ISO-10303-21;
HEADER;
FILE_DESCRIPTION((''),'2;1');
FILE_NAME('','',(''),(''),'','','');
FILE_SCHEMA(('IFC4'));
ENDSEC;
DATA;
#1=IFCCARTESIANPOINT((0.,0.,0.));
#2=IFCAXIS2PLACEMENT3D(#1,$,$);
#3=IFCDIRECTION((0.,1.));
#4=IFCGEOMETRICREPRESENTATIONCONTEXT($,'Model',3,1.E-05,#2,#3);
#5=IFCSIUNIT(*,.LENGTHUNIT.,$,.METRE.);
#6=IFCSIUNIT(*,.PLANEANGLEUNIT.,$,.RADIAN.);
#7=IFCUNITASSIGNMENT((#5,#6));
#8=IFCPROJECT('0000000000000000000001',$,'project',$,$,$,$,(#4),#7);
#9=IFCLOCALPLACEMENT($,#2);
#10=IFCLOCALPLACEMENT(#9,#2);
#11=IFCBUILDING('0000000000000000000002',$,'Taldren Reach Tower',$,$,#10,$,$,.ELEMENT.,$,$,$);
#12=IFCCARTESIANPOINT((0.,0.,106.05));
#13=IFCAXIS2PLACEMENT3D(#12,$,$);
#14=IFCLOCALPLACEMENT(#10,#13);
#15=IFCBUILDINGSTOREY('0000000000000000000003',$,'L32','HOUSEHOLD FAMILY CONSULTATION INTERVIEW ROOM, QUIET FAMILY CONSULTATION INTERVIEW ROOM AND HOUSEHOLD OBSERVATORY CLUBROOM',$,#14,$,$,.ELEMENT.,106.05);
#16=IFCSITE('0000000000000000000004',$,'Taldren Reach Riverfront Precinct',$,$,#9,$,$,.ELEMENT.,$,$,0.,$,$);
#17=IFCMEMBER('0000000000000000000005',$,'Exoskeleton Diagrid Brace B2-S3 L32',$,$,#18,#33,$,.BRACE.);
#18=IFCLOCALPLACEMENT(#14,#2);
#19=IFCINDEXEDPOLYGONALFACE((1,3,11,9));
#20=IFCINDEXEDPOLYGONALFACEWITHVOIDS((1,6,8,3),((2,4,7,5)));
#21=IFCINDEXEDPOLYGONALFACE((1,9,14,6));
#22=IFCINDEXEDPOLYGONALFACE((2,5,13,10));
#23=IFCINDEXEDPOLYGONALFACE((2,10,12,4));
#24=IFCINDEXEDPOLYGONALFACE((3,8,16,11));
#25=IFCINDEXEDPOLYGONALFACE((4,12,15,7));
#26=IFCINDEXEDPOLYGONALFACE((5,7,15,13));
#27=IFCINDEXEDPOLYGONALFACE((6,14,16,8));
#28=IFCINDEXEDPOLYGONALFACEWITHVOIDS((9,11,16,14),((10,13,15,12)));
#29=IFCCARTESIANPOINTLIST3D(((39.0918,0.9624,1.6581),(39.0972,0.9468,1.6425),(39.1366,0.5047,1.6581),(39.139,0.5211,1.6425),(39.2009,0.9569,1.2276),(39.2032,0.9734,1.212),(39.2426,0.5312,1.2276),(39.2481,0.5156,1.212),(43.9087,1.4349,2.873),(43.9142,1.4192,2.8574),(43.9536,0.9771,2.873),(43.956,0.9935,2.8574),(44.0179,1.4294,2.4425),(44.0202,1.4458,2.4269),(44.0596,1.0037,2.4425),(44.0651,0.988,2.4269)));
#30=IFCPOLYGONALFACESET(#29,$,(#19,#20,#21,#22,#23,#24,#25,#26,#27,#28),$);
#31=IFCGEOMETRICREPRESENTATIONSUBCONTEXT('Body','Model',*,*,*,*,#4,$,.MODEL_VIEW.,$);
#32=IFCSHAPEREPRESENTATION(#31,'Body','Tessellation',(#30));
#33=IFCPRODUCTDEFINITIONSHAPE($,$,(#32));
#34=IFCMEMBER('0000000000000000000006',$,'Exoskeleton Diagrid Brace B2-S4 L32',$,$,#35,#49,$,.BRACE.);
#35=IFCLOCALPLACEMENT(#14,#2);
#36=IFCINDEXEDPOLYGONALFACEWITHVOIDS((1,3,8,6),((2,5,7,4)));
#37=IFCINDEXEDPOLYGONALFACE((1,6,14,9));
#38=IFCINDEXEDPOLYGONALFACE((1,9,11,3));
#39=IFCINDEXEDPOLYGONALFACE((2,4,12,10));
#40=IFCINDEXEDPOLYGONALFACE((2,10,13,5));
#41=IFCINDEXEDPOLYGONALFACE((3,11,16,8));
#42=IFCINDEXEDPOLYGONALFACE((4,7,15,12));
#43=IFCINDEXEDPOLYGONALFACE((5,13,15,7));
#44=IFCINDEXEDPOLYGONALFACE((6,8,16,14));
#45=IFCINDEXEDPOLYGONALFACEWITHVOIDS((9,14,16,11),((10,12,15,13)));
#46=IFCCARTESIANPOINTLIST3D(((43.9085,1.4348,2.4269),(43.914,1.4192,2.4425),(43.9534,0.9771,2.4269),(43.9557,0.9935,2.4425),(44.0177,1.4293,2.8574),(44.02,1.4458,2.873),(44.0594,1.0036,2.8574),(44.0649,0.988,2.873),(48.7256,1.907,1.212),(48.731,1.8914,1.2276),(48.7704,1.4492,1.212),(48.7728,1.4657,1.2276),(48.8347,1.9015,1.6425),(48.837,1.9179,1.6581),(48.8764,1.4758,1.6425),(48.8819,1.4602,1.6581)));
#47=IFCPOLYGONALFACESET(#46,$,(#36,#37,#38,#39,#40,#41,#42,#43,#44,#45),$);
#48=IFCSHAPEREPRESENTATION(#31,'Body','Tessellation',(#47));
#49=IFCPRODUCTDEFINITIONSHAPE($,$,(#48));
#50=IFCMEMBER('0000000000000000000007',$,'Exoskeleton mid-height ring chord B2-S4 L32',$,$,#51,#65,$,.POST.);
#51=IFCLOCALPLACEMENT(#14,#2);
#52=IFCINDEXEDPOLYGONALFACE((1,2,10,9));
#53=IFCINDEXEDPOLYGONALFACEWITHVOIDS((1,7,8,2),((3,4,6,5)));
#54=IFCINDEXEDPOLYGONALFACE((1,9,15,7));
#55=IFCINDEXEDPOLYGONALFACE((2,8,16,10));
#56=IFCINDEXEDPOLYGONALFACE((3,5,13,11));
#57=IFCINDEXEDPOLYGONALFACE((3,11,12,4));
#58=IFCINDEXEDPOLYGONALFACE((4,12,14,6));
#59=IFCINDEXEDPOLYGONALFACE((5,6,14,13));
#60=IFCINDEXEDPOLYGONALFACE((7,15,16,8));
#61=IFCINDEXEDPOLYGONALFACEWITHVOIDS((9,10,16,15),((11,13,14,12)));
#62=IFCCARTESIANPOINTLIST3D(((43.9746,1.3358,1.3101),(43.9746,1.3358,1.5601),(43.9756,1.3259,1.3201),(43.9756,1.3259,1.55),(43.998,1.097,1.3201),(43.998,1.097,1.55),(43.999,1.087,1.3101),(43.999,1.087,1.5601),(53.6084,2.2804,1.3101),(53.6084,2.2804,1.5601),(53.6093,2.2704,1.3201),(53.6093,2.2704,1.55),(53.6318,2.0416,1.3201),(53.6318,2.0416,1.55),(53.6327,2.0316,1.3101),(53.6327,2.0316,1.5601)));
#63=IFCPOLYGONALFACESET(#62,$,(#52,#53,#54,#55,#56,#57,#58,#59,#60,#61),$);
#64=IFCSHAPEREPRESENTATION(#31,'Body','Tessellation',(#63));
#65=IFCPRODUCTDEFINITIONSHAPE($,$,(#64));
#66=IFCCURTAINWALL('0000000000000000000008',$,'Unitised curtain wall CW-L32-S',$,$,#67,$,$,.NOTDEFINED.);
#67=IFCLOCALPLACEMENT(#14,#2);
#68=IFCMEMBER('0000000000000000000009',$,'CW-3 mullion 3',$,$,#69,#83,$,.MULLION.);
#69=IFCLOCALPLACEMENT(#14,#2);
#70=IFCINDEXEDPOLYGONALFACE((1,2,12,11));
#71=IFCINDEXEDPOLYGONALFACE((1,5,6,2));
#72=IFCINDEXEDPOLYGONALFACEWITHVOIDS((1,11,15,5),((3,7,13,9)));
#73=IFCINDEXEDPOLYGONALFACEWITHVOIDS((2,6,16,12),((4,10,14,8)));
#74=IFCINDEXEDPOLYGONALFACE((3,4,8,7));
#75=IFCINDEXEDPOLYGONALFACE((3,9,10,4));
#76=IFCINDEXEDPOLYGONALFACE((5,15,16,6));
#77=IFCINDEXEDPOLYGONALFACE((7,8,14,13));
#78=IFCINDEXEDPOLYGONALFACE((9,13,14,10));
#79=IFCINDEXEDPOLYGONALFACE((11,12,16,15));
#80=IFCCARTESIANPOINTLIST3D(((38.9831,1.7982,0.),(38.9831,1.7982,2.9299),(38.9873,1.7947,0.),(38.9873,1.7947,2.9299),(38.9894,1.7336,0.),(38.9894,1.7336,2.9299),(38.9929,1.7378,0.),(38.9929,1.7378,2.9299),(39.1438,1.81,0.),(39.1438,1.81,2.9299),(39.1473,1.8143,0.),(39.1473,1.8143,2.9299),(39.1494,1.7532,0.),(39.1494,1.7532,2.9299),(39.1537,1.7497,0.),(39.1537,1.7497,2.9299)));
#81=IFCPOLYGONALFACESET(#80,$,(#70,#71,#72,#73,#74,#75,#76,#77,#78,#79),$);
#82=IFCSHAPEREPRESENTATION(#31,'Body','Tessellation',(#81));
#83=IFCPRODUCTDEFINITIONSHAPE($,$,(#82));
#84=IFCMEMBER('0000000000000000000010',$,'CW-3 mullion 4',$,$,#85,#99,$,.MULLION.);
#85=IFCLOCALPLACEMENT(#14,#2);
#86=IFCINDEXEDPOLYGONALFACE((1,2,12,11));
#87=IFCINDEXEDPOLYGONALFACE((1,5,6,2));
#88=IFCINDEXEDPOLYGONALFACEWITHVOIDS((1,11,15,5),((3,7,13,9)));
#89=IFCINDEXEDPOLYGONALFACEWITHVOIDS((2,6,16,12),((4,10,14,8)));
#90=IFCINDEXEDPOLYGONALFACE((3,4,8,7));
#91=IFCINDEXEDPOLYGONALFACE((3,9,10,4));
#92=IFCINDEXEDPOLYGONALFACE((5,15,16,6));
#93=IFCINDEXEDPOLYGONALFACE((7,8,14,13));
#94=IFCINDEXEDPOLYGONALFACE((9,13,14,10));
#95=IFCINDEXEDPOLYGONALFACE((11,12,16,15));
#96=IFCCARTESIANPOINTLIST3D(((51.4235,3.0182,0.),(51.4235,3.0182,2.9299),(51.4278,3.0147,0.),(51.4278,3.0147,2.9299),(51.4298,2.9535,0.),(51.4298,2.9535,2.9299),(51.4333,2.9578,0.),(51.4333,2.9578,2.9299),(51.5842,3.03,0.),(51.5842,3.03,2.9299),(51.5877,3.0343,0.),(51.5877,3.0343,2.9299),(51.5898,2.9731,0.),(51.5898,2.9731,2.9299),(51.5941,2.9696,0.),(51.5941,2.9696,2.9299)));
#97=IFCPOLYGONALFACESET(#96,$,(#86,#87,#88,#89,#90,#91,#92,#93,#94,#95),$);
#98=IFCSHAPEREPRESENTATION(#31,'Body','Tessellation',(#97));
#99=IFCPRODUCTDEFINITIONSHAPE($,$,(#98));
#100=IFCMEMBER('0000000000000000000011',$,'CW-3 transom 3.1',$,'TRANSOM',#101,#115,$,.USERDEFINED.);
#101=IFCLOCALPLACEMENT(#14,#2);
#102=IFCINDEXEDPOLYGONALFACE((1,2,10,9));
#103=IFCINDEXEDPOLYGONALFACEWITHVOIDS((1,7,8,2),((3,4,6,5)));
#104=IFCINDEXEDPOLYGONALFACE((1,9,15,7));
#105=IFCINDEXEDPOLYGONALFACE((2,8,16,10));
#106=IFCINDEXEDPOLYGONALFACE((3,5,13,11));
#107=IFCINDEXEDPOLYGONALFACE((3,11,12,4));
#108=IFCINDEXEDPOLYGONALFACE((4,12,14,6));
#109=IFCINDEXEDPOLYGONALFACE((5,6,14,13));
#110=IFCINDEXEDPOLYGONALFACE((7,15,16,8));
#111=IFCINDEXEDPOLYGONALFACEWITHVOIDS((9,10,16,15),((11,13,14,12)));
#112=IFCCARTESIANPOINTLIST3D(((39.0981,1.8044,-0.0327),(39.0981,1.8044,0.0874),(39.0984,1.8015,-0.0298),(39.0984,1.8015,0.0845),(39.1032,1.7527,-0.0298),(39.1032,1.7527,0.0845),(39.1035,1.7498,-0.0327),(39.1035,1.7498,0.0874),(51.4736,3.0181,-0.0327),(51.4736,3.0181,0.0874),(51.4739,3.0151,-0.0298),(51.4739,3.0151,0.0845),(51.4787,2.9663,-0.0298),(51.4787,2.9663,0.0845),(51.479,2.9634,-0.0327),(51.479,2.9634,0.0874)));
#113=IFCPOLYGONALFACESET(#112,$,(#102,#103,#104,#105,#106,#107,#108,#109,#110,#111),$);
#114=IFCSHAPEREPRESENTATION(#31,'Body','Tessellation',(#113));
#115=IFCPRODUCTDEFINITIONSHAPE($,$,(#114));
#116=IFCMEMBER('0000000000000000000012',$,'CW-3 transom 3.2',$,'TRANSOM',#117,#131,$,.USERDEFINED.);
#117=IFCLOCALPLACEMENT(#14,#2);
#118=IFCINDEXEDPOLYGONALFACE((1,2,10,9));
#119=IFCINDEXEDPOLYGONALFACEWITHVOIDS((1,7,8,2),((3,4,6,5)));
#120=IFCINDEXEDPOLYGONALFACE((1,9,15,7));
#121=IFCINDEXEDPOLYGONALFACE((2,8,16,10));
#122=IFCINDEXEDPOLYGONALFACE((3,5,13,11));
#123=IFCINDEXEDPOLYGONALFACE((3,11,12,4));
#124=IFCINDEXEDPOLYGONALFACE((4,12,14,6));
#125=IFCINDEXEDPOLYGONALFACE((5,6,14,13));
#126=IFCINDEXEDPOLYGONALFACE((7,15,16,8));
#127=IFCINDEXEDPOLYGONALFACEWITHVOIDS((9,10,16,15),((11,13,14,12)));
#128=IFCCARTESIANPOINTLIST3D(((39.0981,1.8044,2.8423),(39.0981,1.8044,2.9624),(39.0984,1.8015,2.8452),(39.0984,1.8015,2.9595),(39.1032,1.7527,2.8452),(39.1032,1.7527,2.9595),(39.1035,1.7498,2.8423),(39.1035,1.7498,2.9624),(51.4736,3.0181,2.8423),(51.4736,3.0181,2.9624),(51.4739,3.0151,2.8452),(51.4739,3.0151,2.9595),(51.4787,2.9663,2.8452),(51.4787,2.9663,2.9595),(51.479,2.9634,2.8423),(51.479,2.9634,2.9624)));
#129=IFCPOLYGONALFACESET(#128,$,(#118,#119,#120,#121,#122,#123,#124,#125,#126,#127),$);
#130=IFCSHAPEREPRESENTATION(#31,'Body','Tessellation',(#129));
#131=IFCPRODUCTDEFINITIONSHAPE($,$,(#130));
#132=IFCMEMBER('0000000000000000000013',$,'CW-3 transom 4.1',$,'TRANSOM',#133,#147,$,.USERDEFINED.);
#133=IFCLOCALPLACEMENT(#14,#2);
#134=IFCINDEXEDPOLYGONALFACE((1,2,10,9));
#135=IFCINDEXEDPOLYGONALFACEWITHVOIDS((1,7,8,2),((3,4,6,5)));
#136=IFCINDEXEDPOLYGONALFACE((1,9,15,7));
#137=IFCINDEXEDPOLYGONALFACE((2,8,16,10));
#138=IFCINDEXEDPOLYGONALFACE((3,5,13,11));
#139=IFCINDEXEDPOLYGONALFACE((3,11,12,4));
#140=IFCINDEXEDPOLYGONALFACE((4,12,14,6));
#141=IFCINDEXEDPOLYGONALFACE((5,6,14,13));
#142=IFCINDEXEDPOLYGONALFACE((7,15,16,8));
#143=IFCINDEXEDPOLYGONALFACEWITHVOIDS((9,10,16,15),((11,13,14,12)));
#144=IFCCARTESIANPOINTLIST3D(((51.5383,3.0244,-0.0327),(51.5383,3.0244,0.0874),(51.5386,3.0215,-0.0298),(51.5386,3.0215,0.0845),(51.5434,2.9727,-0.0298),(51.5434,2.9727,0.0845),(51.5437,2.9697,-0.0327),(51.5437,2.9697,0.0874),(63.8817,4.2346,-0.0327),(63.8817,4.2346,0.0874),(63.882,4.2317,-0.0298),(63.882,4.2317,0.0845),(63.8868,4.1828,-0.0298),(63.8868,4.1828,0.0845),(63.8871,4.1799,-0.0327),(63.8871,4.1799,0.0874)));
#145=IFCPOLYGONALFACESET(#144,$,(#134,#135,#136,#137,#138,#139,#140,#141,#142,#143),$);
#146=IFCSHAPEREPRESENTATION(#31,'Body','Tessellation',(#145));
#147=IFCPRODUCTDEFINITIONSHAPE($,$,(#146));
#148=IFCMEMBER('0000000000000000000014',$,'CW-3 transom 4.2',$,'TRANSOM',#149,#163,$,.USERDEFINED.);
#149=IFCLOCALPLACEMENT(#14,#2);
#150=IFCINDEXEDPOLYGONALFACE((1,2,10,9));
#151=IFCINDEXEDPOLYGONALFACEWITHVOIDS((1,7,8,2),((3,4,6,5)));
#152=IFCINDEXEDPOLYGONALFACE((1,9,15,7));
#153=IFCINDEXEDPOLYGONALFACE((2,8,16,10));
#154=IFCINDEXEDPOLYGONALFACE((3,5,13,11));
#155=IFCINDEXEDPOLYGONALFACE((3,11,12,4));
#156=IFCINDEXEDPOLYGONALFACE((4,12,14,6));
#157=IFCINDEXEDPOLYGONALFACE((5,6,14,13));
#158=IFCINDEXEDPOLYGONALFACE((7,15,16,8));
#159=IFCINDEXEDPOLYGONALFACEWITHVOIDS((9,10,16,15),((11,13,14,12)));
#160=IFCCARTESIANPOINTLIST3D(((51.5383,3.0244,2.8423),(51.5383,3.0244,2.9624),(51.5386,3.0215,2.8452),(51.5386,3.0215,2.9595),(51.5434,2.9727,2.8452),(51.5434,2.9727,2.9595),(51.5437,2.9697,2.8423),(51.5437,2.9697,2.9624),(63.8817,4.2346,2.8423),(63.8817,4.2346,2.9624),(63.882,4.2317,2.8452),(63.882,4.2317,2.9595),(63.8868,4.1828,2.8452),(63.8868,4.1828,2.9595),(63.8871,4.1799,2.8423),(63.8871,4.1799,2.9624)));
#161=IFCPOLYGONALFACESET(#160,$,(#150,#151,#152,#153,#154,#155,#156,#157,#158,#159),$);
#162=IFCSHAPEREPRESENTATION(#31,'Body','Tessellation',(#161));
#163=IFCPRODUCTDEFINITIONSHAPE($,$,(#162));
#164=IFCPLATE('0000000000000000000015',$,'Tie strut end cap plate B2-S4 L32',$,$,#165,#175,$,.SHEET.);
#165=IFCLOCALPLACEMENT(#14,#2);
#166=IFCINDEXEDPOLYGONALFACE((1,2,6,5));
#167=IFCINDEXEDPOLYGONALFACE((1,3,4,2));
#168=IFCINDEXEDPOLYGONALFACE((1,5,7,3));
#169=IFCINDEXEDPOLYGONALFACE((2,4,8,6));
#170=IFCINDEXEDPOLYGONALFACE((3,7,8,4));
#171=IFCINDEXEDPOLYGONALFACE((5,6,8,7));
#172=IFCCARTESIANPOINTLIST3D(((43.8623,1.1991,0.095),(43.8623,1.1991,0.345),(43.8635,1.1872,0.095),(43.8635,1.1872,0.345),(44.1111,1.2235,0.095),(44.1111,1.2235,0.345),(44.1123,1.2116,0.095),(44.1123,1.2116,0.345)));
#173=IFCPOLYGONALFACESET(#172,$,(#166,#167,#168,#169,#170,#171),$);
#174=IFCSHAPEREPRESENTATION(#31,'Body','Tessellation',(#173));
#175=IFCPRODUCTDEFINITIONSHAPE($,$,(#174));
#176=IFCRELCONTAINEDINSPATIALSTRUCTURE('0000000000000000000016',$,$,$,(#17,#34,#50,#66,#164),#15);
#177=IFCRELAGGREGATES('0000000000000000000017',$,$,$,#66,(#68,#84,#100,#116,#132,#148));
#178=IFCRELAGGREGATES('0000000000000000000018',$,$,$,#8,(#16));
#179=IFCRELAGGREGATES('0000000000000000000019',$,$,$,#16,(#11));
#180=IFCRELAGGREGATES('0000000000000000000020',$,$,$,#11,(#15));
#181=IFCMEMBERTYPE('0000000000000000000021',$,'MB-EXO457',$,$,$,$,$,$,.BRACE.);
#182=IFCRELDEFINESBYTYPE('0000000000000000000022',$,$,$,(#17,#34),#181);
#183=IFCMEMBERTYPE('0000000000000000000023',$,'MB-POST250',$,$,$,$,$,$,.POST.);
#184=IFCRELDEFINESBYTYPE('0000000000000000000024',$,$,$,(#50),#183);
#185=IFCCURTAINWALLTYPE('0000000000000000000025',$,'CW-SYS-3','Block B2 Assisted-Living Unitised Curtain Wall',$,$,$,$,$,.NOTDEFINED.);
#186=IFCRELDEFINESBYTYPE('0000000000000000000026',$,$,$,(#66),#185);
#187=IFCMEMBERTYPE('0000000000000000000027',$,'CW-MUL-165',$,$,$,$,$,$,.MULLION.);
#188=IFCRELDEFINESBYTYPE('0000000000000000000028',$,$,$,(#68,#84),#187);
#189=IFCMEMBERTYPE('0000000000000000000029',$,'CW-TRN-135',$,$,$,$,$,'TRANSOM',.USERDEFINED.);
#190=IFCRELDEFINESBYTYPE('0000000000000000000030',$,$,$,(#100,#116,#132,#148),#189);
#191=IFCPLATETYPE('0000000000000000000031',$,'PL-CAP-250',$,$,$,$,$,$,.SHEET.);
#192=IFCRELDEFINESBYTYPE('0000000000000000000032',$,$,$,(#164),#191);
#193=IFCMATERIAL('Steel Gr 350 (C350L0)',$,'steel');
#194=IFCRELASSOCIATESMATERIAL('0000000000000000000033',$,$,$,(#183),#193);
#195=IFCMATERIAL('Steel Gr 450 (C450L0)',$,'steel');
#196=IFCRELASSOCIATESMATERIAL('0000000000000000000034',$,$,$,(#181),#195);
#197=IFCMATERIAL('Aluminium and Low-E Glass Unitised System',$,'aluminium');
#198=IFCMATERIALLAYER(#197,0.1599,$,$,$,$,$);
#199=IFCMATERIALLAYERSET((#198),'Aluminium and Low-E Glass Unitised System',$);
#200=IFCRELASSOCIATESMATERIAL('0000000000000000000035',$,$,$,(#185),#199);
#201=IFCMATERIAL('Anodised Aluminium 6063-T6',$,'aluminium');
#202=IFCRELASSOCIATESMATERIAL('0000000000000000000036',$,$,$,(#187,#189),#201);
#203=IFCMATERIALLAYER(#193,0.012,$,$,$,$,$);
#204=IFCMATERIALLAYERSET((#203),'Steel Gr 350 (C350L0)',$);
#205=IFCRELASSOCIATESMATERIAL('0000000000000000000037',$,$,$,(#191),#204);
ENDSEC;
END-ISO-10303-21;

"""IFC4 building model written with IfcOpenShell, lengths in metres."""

from ifc_helpers import new_model, si_unit, direction, frame, origin, origin_2d, place, context, subcontext, project, spatial, rectangle, hollow_rectangle, extrude, source, transform, mapped, material, layer, layer_set, material_profile, profile_set, type_object, element, aggregate, save


model = new_model("IFC4")

# Units and contexts
model_context = context("Model", 3, precision=1e-05, world=origin(), true_north=direction((0.0, 1.0)))
body_context = subcontext(model_context, "Body", "Model", "MODEL_VIEW")
ifc_project = project(units=[si_unit("LENGTHUNIT", "METRE"), si_unit("PLANEANGLEUNIT", "RADIAN")], contexts=[model_context])

# Site, building, storey
site_placement = place(None, origin())
site = spatial("IfcSite", under=ifc_project, at=site_placement, Name="Taldren Reach Riverfront Precinct", CompositionType="ELEMENT", RefElevation=0.0)
building_placement = place(site_placement, origin())
building = spatial("IfcBuilding", under=site, at=building_placement, Name="Taldren Reach Tower", CompositionType="ELEMENT")
storey_placement = place(building_placement, frame((0.0, 0.0, 106.05)))
storey = spatial("IfcBuildingStorey", under=building, at=storey_placement, Name="L32", Description="HOUSEHOLD FAMILY CONSULTATION INTERVIEW ROOM, QUIET FAMILY CONSULTATION INTERVIEW ROOM AND HOUSEHOLD OBSERVATORY CLUBROOM", CompositionType="ELEMENT", Elevation=106.05)

# Shared definitions
ifc_material_1 = material(Name="Steel Gr 450 (C450L0)", Category="steel")
ifc_material_2 = material(Name="Steel Gr 350 (C350L0)", Category="steel")
ifc_material_profile_1 = material_profile(ifc_material_2, hollow_rectangle(XDim=0.25, YDim=0.25, WallThickness=0.01, at=origin_2d()), Name="250x250x10.0SHS")
ifc_profile_set_1 = profile_set([ifc_material_profile_1], Name="Steel Gr 350 (C350L0)")
member_type_1 = type_object("IfcMemberType", Name="MB-POST250", PredefinedType="POST", material=ifc_profile_set_1)

# Members
ifc_material_profile_2 = material_profile(ifc_material_1, hollow_rectangle(XDim=0.46, YDim=0.46, WallThickness=0.0161, at=origin_2d()), Name="460x460x16.0SHS")
ifc_profile_set_2 = profile_set([ifc_material_profile_2], Name="Steel Gr 450 (C450L0)")
member_type_2 = type_object("IfcMemberType", Name="MB-EXO457", PredefinedType="BRACE", material=ifc_profile_set_2)
shared_shape_1 = source(origin(), body_context, "Body", "SweptSolid", [
    extrude(hollow_rectangle(XDim=0.46, YDim=0.46, WallThickness=0.0161, at=origin_2d()), origin(), (0.0, 0.0, 1.0), 4.9902),
])
for number, where, z_axis, x_axis, name in (
    (1, (39.1699, 0.739, 1.4351), (0.965283, 0.094669, 0.243449), (-0.097606, 0.995225, 0.0), "Exoskeleton Diagrid Brace B2-S3 L32"),
    (2, (48.8037, 1.6836, 1.4351), (-0.965287, -0.094621, 0.24345), (0.097556, -0.99523, 0.0), "Exoskeleton Diagrid Brace B2-S4 L32"),
):
    element("IfcMember", number, at=place(storey_placement, frame(where, z_axis=z_axis, x_axis=x_axis)), inside=storey, type_object=member_type_2, Name=name, PredefinedType="BRACE", context=body_context, shape_type="MappedRepresentation", body=[
        mapped(shared_shape_1, transform((0.0, 0.0, 0.0), scale=1.0)),
    ])
shared_shape_2 = source(origin(), body_context, "Body", "SweptSolid", [
    extrude(hollow_rectangle(XDim=0.25, YDim=0.25, WallThickness=0.01, at=origin_2d()), origin(), (0.0, 0.0, 1.0), 9.6799),
])
member_1_placement = place(storey_placement, frame((43.9868, 1.2114, 1.4351), z_axis=(0.995228, 0.097581, 0.0), x_axis=(-0.097581, 0.995228, 0.0)))
element("IfcMember", 3, at=member_1_placement, inside=storey, type_object=member_type_1, Name="Exoskeleton mid-height ring chord B2-S4 L32", PredefinedType="POST", context=body_context, shape_type="MappedRepresentation", body=[
    mapped(shared_shape_2, transform((0.0, 0.0, 0.0), scale=1.0)),
])

# Curtain wall, members
ifc_material_3 = material(Name="Aluminium and Low-E Glass Unitised System", Category="aluminium")
ifc_layer_1 = layer(ifc_material_3, 0.1599)
ifc_layer_set_1 = layer_set([ifc_layer_1], Name="Aluminium and Low-E Glass Unitised System")
curtain_wall_type = type_object("IfcCurtainWallType", Name="CW-SYS-3", Description="Block B2 Assisted-Living Unitised Curtain Wall", PredefinedType="NOTDEFINED", material=ifc_layer_set_1)
curtain_wall_placement = place(storey_placement, origin())
curtain_wall = element("IfcCurtainWall", 4, at=curtain_wall_placement, inside=storey, type_object=curtain_wall_type, Name="Unitised curtain wall CW-L32-S", PredefinedType="NOTDEFINED")
ifc_material_4 = material(Name="Anodised Aluminium 6063-T6", Category="aluminium")
ifc_material_profile_3 = material_profile(ifc_material_4, hollow_rectangle(XDim=0.0649, YDim=0.165, WallThickness=0.0039, at=origin_2d()), Name="ALU-165x65x4RHS")
ifc_profile_set_3 = profile_set([ifc_material_profile_3], Name="Anodised Aluminium 6063-T6")
member_type_3 = type_object("IfcMemberType", Name="CW-MUL-165", PredefinedType="MULLION", material=ifc_profile_set_3)
shared_shape_3 = source(origin(), body_context, "Body", "SweptSolid", [
    extrude(hollow_rectangle(XDim=0.0649, YDim=0.165, WallThickness=0.0039, at=origin_2d()), origin(), (0.0, 0.0, 1.0), 2.9299),
])
member_2_placement = place(storey_placement, frame((39.0684, 1.7739, 0.0), z_axis=(0.0, 0.0, 1.0), x_axis=(-0.097583, 0.995227, 0.0)))
member_2 = element("IfcMember", 5, at=member_2_placement, type_object=member_type_3, Name="CW-3 mullion 3", PredefinedType="MULLION", context=body_context, shape_type="MappedRepresentation", body=[
    mapped(shared_shape_3, transform((0.0, 0.0, 0.0), scale=1.0)),
])
member_3_placement = place(storey_placement, frame((51.5088, 2.9939, 0.0), z_axis=(0.0, 0.0, 1.0), x_axis=(-0.097583, 0.995227, 0.0)))
member_3 = element("IfcMember", 6, at=member_3_placement, type_object=member_type_3, Name="CW-3 mullion 4", PredefinedType="MULLION", context=body_context, shape_type="MappedRepresentation", body=[
    mapped(shared_shape_3, transform((0.0, 0.0, 0.0), scale=1.0)),
])
ifc_material_profile_4 = material_profile(ifc_material_4, hollow_rectangle(XDim=0.0549, YDim=0.1201, WallThickness=0.0029, at=origin_2d()), Name="ALU-120x55x3RHS")
ifc_profile_set_4 = profile_set([ifc_material_profile_4], Name="Anodised Aluminium 6063-T6")
member_type_4 = type_object("IfcMemberType", Name="CW-TRN-135", ElementType="TRANSOM", PredefinedType="USERDEFINED", material=ifc_profile_set_4)
shared_shape_4 = source(origin(), body_context, "Body", "SweptSolid", [
    extrude(hollow_rectangle(XDim=0.0549, YDim=0.1201, WallThickness=0.0029, at=origin_2d()), origin(), (0.0, 0.0, 1.0), 12.4348),
])
member_4_placement = place(storey_placement, frame((39.1008, 1.7771, 0.0273), z_axis=(0.995226, 0.097598, 0.0), x_axis=(-0.097598, 0.995226, 0.0)))
member_4 = element("IfcMember", 7, at=member_4_placement, type_object=member_type_4, Name="CW-3 transom 3.1", ObjectType="TRANSOM", PredefinedType="USERDEFINED", context=body_context, shape_type="MappedRepresentation", body=[
    mapped(shared_shape_4, transform((0.0, 0.0, 0.0), scale=1.0)),
])
member_5_placement = place(storey_placement, frame((39.1008, 1.7771, 2.9023), z_axis=(0.995226, 0.097598, 0.0), x_axis=(-0.097598, 0.995226, 0.0)))
member_5 = element("IfcMember", 8, at=member_5_placement, type_object=member_type_4, Name="CW-3 transom 3.2", ObjectType="TRANSOM", PredefinedType="USERDEFINED", context=body_context, shape_type="MappedRepresentation", body=[
    mapped(shared_shape_4, transform((0.0, 0.0, 0.0), scale=1.0)),
])
shared_shape_5 = source(origin(), body_context, "Body", "SweptSolid", [
    extrude(hollow_rectangle(XDim=0.0549, YDim=0.1201, WallThickness=0.0029, at=origin_2d()), origin(), (0.0, 0.0, 1.0), 12.4026),
])
member_6_placement = place(storey_placement, frame((51.541, 2.9971, 0.0273), z_axis=(0.995228, 0.097576, 0.0), x_axis=(-0.097576, 0.995228, 0.0)))
member_6 = element("IfcMember", 9, at=member_6_placement, type_object=member_type_4, Name="CW-3 transom 4.1", ObjectType="TRANSOM", PredefinedType="USERDEFINED", context=body_context, shape_type="MappedRepresentation", body=[
    mapped(shared_shape_5, transform((0.0, 0.0, 0.0), scale=1.0)),
])
member_7_placement = place(storey_placement, frame((51.541, 2.9971, 2.9023), z_axis=(0.995228, 0.097576, 0.0), x_axis=(-0.097576, 0.995228, 0.0)))
member_7 = element("IfcMember", 10, at=member_7_placement, type_object=member_type_4, Name="CW-3 transom 4.2", ObjectType="TRANSOM", PredefinedType="USERDEFINED", context=body_context, shape_type="MappedRepresentation", body=[
    mapped(shared_shape_5, transform((0.0, 0.0, 0.0), scale=1.0)),
])

# Plate
ifc_layer_2 = layer(ifc_material_2, 0.012)
ifc_layer_set_2 = layer_set([ifc_layer_2], Name="Steel Gr 350 (C350L0)")
plate_type_1 = type_object("IfcPlateType", Name="PL-CAP-250", PredefinedType="SHEET", material=ifc_layer_set_2)
shared_shape_6 = source(origin(), body_context, "Body", "SweptSolid", [
    extrude(rectangle(XDim=0.25, YDim=0.012, at=origin_2d()), origin(), (0.0, 0.0, 1.0), 0.25),
])
plate_1_placement = place(storey_placement, frame((43.9873, 1.2053, 0.095), z_axis=(0.0, 0.0, 1.0), x_axis=(0.995227, 0.097583, 0.0)))
element("IfcPlate", 11, at=plate_1_placement, inside=storey, type_object=plate_type_1, Name="Tie strut end cap plate B2-S4 L32", PredefinedType="SHEET", context=body_context, shape_type="MappedRepresentation", body=[
    mapped(shared_shape_6, transform((0.0, 0.0, 0.0), scale=1.0)),
])
aggregate(curtain_wall, [member_2, member_3, member_4, member_5, member_6, member_7])

save(model, "model.ifc")
